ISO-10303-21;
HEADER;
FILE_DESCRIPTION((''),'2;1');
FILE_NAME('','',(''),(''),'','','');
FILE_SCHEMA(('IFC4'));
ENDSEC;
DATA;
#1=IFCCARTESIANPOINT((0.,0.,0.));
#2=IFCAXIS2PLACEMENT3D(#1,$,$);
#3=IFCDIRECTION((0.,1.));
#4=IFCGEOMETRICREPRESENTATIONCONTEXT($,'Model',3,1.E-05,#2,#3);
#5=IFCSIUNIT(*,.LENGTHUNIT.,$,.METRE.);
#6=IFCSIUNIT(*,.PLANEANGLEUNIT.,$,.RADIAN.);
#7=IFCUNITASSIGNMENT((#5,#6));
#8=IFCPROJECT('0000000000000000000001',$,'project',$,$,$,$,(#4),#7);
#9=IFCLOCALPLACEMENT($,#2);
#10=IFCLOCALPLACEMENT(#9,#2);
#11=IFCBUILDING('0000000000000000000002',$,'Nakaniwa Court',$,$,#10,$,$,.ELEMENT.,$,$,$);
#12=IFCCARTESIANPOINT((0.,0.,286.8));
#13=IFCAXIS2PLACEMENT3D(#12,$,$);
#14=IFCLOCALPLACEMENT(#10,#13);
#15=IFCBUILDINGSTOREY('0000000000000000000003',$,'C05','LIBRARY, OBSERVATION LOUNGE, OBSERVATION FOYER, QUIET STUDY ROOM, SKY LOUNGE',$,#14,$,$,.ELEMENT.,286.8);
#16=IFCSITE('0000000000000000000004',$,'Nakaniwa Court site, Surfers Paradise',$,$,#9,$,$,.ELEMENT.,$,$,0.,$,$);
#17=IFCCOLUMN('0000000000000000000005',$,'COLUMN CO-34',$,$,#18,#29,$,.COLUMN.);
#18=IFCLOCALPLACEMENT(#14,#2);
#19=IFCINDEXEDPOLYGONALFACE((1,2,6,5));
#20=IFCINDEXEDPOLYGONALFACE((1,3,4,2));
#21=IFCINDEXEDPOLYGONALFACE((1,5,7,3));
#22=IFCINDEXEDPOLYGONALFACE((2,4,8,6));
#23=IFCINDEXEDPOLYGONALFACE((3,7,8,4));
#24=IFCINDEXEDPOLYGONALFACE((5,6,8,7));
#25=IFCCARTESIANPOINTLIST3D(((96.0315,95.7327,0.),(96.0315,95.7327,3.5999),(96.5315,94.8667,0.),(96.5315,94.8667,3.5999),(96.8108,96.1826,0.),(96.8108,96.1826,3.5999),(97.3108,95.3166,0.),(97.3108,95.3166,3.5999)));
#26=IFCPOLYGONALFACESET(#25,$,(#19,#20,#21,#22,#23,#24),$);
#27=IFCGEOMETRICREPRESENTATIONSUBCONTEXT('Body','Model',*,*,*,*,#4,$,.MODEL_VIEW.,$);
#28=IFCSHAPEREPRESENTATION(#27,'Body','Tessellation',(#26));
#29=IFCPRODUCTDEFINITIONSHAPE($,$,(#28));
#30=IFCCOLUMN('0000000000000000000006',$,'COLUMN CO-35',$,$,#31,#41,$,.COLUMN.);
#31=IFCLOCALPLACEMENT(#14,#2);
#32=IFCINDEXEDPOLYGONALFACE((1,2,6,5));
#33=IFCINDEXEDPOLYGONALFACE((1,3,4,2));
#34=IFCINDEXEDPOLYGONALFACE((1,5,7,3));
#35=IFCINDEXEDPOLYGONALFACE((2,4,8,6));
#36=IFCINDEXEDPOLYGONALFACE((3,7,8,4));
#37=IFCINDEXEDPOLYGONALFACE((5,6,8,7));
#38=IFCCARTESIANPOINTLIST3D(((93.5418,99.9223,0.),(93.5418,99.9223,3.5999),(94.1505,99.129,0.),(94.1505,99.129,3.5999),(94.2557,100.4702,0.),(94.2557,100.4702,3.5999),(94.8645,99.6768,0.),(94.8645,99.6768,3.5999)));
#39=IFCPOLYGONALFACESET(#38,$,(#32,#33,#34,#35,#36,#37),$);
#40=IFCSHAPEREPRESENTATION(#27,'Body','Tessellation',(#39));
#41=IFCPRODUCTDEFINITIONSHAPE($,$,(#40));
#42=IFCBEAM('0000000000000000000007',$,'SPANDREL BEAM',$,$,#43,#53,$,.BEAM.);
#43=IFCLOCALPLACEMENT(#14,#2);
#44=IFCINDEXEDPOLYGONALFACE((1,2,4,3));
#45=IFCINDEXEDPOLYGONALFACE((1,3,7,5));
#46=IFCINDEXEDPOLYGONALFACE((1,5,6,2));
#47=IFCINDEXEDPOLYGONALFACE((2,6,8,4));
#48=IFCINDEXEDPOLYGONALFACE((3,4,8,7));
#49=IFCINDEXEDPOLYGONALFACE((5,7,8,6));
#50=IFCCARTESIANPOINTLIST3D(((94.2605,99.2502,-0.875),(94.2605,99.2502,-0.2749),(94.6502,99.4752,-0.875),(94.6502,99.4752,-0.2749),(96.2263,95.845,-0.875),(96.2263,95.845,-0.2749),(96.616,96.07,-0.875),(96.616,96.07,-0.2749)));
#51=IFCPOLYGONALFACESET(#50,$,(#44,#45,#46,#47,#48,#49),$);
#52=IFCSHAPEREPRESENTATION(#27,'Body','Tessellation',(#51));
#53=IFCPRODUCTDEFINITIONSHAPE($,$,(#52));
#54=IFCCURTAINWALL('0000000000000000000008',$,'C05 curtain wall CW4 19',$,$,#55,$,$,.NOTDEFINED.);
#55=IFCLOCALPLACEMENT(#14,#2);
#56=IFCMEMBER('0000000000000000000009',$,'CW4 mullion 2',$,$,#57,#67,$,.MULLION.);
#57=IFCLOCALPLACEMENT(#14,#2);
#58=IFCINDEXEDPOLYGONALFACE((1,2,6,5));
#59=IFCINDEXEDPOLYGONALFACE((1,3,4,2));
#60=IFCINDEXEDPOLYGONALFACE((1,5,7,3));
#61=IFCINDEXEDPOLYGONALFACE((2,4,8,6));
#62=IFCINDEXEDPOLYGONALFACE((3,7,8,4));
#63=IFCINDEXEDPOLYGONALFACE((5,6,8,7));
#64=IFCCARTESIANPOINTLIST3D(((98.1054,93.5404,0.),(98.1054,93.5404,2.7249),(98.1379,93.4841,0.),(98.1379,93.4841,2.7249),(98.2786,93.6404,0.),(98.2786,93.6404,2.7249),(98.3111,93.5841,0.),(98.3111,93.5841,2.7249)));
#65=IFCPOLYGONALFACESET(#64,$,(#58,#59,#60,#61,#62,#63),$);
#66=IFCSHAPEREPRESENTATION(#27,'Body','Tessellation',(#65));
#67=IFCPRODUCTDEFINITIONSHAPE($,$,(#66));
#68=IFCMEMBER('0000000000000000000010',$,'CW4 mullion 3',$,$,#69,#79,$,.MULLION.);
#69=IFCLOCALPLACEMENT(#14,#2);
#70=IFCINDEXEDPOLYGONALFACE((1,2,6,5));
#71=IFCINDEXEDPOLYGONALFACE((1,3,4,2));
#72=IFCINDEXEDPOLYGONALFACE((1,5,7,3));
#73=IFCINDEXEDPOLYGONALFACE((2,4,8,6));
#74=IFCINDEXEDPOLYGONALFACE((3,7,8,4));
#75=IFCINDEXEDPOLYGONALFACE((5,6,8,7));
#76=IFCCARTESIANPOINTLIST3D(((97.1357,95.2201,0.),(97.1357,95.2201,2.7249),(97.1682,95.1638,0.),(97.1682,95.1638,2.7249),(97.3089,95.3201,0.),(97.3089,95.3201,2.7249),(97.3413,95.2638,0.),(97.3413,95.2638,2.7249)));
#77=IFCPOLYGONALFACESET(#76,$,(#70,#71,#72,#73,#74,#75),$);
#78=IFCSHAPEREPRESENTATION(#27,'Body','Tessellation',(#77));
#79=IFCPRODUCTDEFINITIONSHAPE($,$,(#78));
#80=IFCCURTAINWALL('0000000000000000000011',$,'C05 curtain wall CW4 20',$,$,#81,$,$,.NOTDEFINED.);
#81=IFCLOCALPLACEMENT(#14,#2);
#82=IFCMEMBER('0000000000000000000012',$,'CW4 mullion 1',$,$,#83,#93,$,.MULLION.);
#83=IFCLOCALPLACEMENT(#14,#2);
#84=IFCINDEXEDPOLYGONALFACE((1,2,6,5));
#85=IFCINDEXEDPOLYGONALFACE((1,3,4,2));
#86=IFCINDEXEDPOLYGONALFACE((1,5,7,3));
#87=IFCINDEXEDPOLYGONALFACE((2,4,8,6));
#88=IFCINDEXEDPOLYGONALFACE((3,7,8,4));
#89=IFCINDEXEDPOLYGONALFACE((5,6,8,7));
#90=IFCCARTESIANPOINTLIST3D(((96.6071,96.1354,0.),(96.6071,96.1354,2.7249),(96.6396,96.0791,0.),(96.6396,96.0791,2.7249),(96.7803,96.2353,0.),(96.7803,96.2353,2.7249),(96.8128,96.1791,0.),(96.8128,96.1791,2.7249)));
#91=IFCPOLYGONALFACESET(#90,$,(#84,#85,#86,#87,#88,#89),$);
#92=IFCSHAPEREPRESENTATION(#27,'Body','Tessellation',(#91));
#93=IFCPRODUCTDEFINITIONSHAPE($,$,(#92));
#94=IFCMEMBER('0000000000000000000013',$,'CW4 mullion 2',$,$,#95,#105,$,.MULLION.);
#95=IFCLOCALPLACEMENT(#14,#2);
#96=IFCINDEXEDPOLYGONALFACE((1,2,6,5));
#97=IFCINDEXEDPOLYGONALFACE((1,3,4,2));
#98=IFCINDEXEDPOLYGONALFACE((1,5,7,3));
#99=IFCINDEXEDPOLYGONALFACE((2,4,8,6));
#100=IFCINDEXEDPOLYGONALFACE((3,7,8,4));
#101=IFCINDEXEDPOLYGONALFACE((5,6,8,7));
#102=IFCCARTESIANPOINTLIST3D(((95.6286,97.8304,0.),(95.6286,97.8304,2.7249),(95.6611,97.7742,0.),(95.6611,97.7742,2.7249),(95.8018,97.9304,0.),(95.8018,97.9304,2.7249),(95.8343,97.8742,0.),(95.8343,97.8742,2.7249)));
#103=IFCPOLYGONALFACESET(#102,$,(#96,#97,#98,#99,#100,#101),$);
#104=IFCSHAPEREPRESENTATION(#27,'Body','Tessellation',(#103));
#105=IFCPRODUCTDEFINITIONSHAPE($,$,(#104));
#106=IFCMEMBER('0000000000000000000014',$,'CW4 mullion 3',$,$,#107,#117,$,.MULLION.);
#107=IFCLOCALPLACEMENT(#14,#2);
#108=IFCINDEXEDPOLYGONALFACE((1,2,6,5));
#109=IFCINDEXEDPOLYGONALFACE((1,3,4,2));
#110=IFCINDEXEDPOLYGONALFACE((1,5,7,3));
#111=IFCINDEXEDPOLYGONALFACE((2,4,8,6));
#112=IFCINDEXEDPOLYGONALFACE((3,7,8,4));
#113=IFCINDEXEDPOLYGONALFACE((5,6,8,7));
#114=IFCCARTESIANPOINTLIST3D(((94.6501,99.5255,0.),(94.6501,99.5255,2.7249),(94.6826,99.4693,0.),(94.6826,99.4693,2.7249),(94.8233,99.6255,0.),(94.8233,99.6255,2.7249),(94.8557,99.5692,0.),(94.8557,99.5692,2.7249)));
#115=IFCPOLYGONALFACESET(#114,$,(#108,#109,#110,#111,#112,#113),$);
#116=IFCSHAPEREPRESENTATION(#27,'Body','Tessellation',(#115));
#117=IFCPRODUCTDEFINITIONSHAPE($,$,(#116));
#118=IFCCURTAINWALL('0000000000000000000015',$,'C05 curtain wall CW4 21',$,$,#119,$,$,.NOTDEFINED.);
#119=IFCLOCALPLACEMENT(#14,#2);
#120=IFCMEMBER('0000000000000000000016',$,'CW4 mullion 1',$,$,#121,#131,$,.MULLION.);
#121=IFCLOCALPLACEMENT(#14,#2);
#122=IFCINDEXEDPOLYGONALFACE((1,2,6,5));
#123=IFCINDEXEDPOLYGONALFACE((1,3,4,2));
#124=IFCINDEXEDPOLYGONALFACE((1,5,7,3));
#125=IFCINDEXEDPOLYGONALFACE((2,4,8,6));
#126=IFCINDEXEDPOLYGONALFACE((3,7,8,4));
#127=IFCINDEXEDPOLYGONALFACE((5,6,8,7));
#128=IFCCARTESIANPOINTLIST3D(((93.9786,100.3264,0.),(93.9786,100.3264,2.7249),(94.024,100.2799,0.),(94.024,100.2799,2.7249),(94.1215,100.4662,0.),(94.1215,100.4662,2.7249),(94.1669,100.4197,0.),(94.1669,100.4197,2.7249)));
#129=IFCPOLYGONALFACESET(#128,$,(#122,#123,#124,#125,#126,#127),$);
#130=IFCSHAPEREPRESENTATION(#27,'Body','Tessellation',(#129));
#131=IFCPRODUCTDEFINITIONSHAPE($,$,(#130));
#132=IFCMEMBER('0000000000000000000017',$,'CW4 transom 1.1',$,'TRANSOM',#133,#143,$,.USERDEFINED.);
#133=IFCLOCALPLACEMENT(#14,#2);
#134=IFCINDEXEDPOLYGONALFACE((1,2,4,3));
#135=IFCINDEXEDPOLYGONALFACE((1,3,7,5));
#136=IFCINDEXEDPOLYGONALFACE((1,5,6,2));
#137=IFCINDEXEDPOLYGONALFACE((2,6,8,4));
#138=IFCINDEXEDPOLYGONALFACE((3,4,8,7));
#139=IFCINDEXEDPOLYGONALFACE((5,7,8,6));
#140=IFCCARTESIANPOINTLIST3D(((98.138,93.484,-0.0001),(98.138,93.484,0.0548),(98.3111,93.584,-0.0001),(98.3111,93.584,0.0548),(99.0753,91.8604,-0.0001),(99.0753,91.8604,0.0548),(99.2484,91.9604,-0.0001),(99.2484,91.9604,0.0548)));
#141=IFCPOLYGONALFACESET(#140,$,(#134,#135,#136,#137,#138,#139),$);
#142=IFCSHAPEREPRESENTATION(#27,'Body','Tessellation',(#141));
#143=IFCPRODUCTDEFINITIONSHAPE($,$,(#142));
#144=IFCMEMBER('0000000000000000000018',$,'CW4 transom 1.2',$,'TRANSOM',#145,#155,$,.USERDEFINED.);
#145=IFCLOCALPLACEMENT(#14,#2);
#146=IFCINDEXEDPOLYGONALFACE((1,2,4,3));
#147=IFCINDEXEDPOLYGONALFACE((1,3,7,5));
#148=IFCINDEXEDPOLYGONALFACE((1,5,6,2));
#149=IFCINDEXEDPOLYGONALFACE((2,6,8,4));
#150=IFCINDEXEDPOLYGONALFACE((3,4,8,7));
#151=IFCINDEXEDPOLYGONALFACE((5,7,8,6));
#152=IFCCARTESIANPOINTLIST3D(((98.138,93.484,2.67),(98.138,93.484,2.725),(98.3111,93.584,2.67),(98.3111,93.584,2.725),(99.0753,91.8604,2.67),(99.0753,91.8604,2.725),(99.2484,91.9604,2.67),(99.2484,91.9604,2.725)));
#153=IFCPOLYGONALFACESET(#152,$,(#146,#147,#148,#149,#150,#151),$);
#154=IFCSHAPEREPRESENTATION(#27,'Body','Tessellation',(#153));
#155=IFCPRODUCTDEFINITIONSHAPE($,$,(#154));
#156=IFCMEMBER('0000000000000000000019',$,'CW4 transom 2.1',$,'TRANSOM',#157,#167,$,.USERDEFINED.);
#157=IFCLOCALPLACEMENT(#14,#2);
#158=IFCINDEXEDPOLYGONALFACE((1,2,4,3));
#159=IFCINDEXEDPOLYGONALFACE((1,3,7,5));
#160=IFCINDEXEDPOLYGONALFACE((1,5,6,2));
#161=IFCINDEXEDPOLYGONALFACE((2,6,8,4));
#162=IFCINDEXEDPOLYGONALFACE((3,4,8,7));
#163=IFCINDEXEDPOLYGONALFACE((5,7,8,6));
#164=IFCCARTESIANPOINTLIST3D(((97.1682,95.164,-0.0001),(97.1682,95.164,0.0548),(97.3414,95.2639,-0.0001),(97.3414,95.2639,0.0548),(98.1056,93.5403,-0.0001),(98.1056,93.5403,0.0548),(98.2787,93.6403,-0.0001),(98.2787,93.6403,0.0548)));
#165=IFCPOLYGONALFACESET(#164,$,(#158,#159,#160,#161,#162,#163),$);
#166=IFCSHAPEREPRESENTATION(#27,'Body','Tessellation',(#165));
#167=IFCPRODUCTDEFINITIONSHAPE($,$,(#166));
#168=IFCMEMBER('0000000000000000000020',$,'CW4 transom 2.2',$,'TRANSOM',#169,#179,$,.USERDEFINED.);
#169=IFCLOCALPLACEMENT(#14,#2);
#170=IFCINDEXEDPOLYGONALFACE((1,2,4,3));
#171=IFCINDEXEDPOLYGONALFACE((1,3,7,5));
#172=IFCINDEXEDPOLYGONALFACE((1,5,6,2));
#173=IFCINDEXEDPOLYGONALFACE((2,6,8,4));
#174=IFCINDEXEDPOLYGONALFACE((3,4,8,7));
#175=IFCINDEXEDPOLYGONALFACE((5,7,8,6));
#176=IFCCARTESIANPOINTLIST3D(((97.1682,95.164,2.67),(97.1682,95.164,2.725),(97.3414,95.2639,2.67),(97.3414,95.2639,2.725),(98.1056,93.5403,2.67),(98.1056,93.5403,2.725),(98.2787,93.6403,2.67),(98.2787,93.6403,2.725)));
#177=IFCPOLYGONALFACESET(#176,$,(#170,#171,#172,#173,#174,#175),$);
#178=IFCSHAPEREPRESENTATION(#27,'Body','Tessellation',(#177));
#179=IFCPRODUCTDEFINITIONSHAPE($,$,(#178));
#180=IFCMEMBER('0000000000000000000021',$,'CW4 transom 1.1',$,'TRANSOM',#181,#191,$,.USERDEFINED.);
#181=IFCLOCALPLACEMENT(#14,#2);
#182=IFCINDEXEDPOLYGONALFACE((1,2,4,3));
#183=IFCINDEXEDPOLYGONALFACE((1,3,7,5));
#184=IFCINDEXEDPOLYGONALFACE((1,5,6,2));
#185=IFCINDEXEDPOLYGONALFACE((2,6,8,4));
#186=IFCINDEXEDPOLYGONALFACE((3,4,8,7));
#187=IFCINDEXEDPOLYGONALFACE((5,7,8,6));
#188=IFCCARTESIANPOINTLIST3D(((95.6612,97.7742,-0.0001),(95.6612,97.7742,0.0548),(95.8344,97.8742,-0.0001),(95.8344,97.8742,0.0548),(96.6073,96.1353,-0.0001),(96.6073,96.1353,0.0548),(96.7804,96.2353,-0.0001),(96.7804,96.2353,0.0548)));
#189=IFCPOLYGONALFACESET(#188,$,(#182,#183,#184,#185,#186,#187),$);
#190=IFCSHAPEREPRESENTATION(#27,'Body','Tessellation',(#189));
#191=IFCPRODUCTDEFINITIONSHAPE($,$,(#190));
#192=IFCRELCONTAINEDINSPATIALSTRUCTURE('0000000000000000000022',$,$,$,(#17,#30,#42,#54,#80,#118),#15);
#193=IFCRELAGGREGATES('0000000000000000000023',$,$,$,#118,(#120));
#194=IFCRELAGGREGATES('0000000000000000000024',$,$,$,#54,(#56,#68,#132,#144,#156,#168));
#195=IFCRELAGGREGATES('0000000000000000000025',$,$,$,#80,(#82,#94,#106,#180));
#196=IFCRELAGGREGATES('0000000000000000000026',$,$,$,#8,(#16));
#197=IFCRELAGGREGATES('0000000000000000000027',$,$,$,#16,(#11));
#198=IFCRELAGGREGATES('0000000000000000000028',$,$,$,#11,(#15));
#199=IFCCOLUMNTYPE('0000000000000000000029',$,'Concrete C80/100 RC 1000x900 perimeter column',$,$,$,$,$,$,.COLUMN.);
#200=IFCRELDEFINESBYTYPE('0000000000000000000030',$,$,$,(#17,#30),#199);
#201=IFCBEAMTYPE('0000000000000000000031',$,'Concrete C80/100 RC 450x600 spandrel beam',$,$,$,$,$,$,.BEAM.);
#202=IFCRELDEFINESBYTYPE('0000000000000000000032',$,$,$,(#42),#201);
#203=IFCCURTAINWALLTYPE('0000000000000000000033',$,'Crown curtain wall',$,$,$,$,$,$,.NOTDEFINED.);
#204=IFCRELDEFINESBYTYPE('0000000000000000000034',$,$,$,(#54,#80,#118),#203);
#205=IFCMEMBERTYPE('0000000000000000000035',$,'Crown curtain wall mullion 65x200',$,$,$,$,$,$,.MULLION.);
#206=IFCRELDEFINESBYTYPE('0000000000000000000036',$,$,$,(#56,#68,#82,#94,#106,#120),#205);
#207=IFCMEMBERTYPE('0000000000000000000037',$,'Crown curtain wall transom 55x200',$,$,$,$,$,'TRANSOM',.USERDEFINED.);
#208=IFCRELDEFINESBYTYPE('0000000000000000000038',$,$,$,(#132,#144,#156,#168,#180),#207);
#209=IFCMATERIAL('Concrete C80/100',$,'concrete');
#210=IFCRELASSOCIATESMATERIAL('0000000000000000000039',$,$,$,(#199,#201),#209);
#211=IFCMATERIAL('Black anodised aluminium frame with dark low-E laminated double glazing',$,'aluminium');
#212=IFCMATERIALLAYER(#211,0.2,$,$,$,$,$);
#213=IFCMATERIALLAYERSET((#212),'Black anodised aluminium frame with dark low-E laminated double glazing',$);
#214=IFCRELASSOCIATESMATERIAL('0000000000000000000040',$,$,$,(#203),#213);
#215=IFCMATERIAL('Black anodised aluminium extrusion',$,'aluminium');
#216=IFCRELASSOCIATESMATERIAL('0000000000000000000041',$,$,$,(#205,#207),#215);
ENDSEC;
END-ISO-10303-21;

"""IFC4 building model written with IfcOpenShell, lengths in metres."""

from ifc_helpers import new_model, si_unit, direction, frame, origin, origin_2d, place, context, subcontext, project, spatial, rectangle, extrude, material, layer, layer_set, material_profile, profile_set, type_object, element, aggregate, save


model = new_model("IFC4")

# Units and contexts
model_context = context("Model", 3, precision=1e-05, world=origin(), true_north=direction((0.0, 1.0)))
body_context = subcontext(model_context, "Body", "Model", "MODEL_VIEW")
ifc_project = project(units=[si_unit("LENGTHUNIT", "METRE"), si_unit("PLANEANGLEUNIT", "RADIAN")], contexts=[model_context])

# Site, building, storey
site_placement = place(None, origin())
site = spatial("IfcSite", under=ifc_project, at=site_placement, Name="Nakaniwa Court site, Surfers Paradise", CompositionType="ELEMENT", RefElevation=0.0)
building_placement = place(site_placement, origin())
building = spatial("IfcBuilding", under=site, at=building_placement, Name="Nakaniwa Court", CompositionType="ELEMENT")
storey_placement = place(building_placement, frame((0.0, 0.0, 286.8)))
storey = spatial("IfcBuildingStorey", under=building, at=storey_placement, Name="C05", Description="LIBRARY, OBSERVATION LOUNGE, OBSERVATION FOYER, QUIET STUDY ROOM, SKY LOUNGE", CompositionType="ELEMENT", Elevation=286.8)

# Columns
ifc_material_1 = material(Name="Concrete C80/100", Category="concrete")
ifc_material_profile_1 = material_profile(ifc_material_1, rectangle(XDim=1.0, YDim=0.8999, at=origin_2d()), Name="Concrete C80/100 RC 1000x900 perimeter column")
ifc_profile_set_1 = profile_set([ifc_material_profile_1], Name="Concrete C80/100")
column_type = type_object("IfcColumnType", Name="Concrete C80/100 RC 1000x900 perimeter column", PredefinedType="COLUMN", material=ifc_profile_set_1)
for number, where, z_axis, x_axis, name in (
    (1, (96.6711, 95.5247, 0.0), (0.0, 0.0, 1.0), (-0.5, 0.866025, 0.0), "COLUMN CO-34"),
    (2, (94.2031, 99.7996, 0.0), (0.0, 0.0, 1.0), (-0.608761, 0.793353, 0.0), "COLUMN CO-35"),
):
    element("IfcColumn", number, at=place(storey_placement, frame(where, z_axis=z_axis, x_axis=x_axis)), inside=storey, type_object=column_type, Name=name, PredefinedType="COLUMN", context=body_context, shape_type="SweptSolid", body=[
        extrude(rectangle(XDim=1.0, YDim=0.8999, at=origin_2d()), origin(), (0.0, 0.0, 1.0), 3.5999),
    ])

# Beam
ifc_material_profile_2 = material_profile(ifc_material_1, rectangle(XDim=0.45, YDim=0.6001, at=origin_2d()), Name="Concrete C80/100 RC 450x600 spandrel beam")
ifc_profile_set_2 = profile_set([ifc_material_profile_2], Name="Concrete C80/100")
beam_type = type_object("IfcBeamType", Name="Concrete C80/100 RC 450x600 spandrel beam", PredefinedType="BEAM", material=ifc_profile_set_2)
beam_placement = place(storey_placement, frame((96.4211, 95.9575, -0.575), z_axis=(-0.499959, 0.866049, 0.0), x_axis=(-0.866049, -0.499959, 0.0)))
element("IfcBeam", 3, at=beam_placement, inside=storey, type_object=beam_type, Name="SPANDREL BEAM", PredefinedType="BEAM", context=body_context, shape_type="SweptSolid", body=[
    extrude(rectangle(XDim=0.45, YDim=0.6001, at=origin_2d()), origin(), (0.0, 0.0, 1.0), 3.9319),
])

# Curtain walls, members
ifc_material_2 = material(Name="Black anodised aluminium frame with dark low-E laminated double glazing", Category="aluminium")
ifc_layer_1 = layer(ifc_material_2, 0.2)
ifc_layer_set_1 = layer_set([ifc_layer_1], Name="Black anodised aluminium frame with dark low-E laminated double glazing")
curtain_wall_type = type_object("IfcCurtainWallType", Name="Crown curtain wall", PredefinedType="NOTDEFINED", material=ifc_layer_set_1)
curtain_wall_1_placement = place(storey_placement, origin())
curtain_wall_1 = element("IfcCurtainWall", 4, at=curtain_wall_1_placement, inside=storey, type_object=curtain_wall_type, Name="C05 curtain wall CW4 19", PredefinedType="NOTDEFINED")
ifc_material_3 = material(Name="Black anodised aluminium extrusion", Category="aluminium")
ifc_material_profile_3 = material_profile(ifc_material_3, rectangle(XDim=0.2, YDim=0.0649, at=origin_2d()), Name="Crown curtain wall mullion 65x200")
ifc_profile_set_3 = profile_set([ifc_material_profile_3], Name="Black anodised aluminium extrusion")
member_type_1 = type_object("IfcMemberType", Name="Crown curtain wall mullion 65x200", PredefinedType="MULLION", material=ifc_profile_set_3)
member_1_placement = place(storey_placement, frame((98.2083, 93.5623, 0.0), z_axis=(0.0, 0.0, 1.0), x_axis=(-0.866033, -0.499987, 0.0)))
member_1 = element("IfcMember", 5, at=member_1_placement, type_object=member_type_1, Name="CW4 mullion 2", PredefinedType="MULLION", context=body_context, shape_type="SweptSolid", body=[
    extrude(rectangle(XDim=0.2, YDim=0.0649, at=origin_2d()), origin(), (0.0, 0.0, 1.0), 2.7249),
])
member_2_placement = place(storey_placement, frame((97.2385, 95.2419, 0.0), z_axis=(0.0, 0.0, 1.0), x_axis=(-0.866033, -0.499987, 0.0)))
member_2 = element("IfcMember", 6, at=member_2_placement, type_object=member_type_1, Name="CW4 mullion 3", PredefinedType="MULLION", context=body_context, shape_type="SweptSolid", body=[
    extrude(rectangle(XDim=0.2, YDim=0.0649, at=origin_2d()), origin(), (0.0, 0.0, 1.0), 2.7249),
])
curtain_wall_2_placement = place(storey_placement, origin())
curtain_wall_2 = element("IfcCurtainWall", 7, at=curtain_wall_2_placement, inside=storey, type_object=curtain_wall_type, Name="C05 curtain wall CW4 20", PredefinedType="NOTDEFINED")
member_3_placement = place(storey_placement, frame((96.71, 96.1572, 0.0), z_axis=(0.0, 0.0, 1.0), x_axis=(-0.866028, -0.499996, 0.0)))
member_3 = element("IfcMember", 8, at=member_3_placement, type_object=member_type_1, Name="CW4 mullion 1", PredefinedType="MULLION", context=body_context, shape_type="SweptSolid", body=[
    extrude(rectangle(XDim=0.2, YDim=0.0649, at=origin_2d()), origin(), (0.0, 0.0, 1.0), 2.7249),
])
member_4_placement = place(storey_placement, frame((95.7314, 97.8523, 0.0), z_axis=(0.0, 0.0, 1.0), x_axis=(-0.866028, -0.499996, 0.0)))
member_4 = element("IfcMember", 9, at=member_4_placement, type_object=member_type_1, Name="CW4 mullion 2", PredefinedType="MULLION", context=body_context, shape_type="SweptSolid", body=[
    extrude(rectangle(XDim=0.2, YDim=0.0649, at=origin_2d()), origin(), (0.0, 0.0, 1.0), 2.7249),
])
member_5_placement = place(storey_placement, frame((94.7529, 99.5474, 0.0), z_axis=(0.0, 0.0, 1.0), x_axis=(-0.866028, -0.499996, 0.0)))
member_5 = element("IfcMember", 10, at=member_5_placement, type_object=member_type_1, Name="CW4 mullion 3", PredefinedType="MULLION", context=body_context, shape_type="SweptSolid", body=[
    extrude(rectangle(XDim=0.2, YDim=0.0649, at=origin_2d()), origin(), (0.0, 0.0, 1.0), 2.7249),
])

# Curtain wall, member
curtain_wall_3_placement = place(storey_placement, origin())
curtain_wall_3 = element("IfcCurtainWall", 11, at=curtain_wall_3_placement, inside=storey, type_object=curtain_wall_type, Name="C05 curtain wall CW4 21", PredefinedType="NOTDEFINED")
member_6_placement = place(storey_placement, frame((94.0728, 100.373, 0.0), z_axis=(0.0, 0.0, 1.0), x_axis=(-0.714886, -0.699241, 0.0)))
member_6 = element("IfcMember", 12, at=member_6_placement, type_object=member_type_1, Name="CW4 mullion 1", PredefinedType="MULLION", context=body_context, shape_type="SweptSolid", body=[
    extrude(rectangle(XDim=0.2, YDim=0.0649, at=origin_2d()), origin(), (0.0, 0.0, 1.0), 2.7249),
])

# Members
ifc_material_profile_4 = material_profile(ifc_material_3, rectangle(XDim=0.2, YDim=0.0549, at=origin_2d()), Name="Crown curtain wall transom 55x200")
ifc_profile_set_4 = profile_set([ifc_material_profile_4], Name="Black anodised aluminium extrusion")
member_type_2 = type_object("IfcMemberType", Name="Crown curtain wall transom 55x200", ElementType="TRANSOM", PredefinedType="USERDEFINED", material=ifc_profile_set_4)
member_7_placement = place(storey_placement, frame((99.1619, 91.9104, 0.0273), z_axis=(-0.499963, 0.866047, 0.0), x_axis=(-0.866047, -0.499963, 0.0)))
member_7 = element("IfcMember", 13, at=member_7_placement, type_object=member_type_2, Name="CW4 transom 1.1", ObjectType="TRANSOM", PredefinedType="USERDEFINED", context=body_context, shape_type="SweptSolid", body=[
    extrude(rectangle(XDim=0.2, YDim=0.0549, at=origin_2d()), origin(), (0.0, 0.0, 1.0), 1.8748),
])
member_8_placement = place(storey_placement, frame((99.1619, 91.9104, 2.6975), z_axis=(-0.499963, 0.866047, 0.0), x_axis=(-0.866047, -0.499963, 0.0)))
member_8 = element("IfcMember", 14, at=member_8_placement, type_object=member_type_2, Name="CW4 transom 1.2", ObjectType="TRANSOM", PredefinedType="USERDEFINED", context=body_context, shape_type="SweptSolid", body=[
    extrude(rectangle(XDim=0.2, YDim=0.0549, at=origin_2d()), origin(), (0.0, 0.0, 1.0), 1.8748),
])
member_9_placement = place(storey_placement, frame((98.1921, 93.5903, 0.0273), z_axis=(-0.499963, 0.866047, 0.0), x_axis=(-0.866047, -0.499963, 0.0)))
member_9 = element("IfcMember", 15, at=member_9_placement, type_object=member_type_2, Name="CW4 transom 2.1", ObjectType="TRANSOM", PredefinedType="USERDEFINED", context=body_context, shape_type="SweptSolid", body=[
    extrude(rectangle(XDim=0.2, YDim=0.0549, at=origin_2d()), origin(), (0.0, 0.0, 1.0), 1.8748),
])
member_10_placement = place(storey_placement, frame((98.1921, 93.5903, 2.6975), z_axis=(-0.499963, 0.866047, 0.0), x_axis=(-0.866047, -0.499963, 0.0)))
member_10 = element("IfcMember", 16, at=member_10_placement, type_object=member_type_2, Name="CW4 transom 2.2", ObjectType="TRANSOM", PredefinedType="USERDEFINED", context=body_context, shape_type="SweptSolid", body=[
    extrude(rectangle(XDim=0.2, YDim=0.0549, at=origin_2d()), origin(), (0.0, 0.0, 1.0), 1.8748),
])
member_11_placement = place(storey_placement, frame((96.6938, 96.1853, 0.0273), z_axis=(-0.499927, 0.866067, 0.0), x_axis=(-0.866067, -0.499927, 0.0)))
member_11 = element("IfcMember", 17, at=member_11_placement, type_object=member_type_2, Name="CW4 transom 1.1", ObjectType="TRANSOM", PredefinedType="USERDEFINED", context=body_context, shape_type="SweptSolid", body=[
    extrude(rectangle(XDim=0.2, YDim=0.0549, at=origin_2d()), origin(), (0.0, 0.0, 1.0), 1.8923),
])
aggregate(curtain_wall_3, [member_6])

aggregate(curtain_wall_1, [member_1, member_2, member_7, member_8, member_9, member_10])
aggregate(curtain_wall_2, [member_3, member_4, member_5, member_11])

save(model, "model.ifc")
